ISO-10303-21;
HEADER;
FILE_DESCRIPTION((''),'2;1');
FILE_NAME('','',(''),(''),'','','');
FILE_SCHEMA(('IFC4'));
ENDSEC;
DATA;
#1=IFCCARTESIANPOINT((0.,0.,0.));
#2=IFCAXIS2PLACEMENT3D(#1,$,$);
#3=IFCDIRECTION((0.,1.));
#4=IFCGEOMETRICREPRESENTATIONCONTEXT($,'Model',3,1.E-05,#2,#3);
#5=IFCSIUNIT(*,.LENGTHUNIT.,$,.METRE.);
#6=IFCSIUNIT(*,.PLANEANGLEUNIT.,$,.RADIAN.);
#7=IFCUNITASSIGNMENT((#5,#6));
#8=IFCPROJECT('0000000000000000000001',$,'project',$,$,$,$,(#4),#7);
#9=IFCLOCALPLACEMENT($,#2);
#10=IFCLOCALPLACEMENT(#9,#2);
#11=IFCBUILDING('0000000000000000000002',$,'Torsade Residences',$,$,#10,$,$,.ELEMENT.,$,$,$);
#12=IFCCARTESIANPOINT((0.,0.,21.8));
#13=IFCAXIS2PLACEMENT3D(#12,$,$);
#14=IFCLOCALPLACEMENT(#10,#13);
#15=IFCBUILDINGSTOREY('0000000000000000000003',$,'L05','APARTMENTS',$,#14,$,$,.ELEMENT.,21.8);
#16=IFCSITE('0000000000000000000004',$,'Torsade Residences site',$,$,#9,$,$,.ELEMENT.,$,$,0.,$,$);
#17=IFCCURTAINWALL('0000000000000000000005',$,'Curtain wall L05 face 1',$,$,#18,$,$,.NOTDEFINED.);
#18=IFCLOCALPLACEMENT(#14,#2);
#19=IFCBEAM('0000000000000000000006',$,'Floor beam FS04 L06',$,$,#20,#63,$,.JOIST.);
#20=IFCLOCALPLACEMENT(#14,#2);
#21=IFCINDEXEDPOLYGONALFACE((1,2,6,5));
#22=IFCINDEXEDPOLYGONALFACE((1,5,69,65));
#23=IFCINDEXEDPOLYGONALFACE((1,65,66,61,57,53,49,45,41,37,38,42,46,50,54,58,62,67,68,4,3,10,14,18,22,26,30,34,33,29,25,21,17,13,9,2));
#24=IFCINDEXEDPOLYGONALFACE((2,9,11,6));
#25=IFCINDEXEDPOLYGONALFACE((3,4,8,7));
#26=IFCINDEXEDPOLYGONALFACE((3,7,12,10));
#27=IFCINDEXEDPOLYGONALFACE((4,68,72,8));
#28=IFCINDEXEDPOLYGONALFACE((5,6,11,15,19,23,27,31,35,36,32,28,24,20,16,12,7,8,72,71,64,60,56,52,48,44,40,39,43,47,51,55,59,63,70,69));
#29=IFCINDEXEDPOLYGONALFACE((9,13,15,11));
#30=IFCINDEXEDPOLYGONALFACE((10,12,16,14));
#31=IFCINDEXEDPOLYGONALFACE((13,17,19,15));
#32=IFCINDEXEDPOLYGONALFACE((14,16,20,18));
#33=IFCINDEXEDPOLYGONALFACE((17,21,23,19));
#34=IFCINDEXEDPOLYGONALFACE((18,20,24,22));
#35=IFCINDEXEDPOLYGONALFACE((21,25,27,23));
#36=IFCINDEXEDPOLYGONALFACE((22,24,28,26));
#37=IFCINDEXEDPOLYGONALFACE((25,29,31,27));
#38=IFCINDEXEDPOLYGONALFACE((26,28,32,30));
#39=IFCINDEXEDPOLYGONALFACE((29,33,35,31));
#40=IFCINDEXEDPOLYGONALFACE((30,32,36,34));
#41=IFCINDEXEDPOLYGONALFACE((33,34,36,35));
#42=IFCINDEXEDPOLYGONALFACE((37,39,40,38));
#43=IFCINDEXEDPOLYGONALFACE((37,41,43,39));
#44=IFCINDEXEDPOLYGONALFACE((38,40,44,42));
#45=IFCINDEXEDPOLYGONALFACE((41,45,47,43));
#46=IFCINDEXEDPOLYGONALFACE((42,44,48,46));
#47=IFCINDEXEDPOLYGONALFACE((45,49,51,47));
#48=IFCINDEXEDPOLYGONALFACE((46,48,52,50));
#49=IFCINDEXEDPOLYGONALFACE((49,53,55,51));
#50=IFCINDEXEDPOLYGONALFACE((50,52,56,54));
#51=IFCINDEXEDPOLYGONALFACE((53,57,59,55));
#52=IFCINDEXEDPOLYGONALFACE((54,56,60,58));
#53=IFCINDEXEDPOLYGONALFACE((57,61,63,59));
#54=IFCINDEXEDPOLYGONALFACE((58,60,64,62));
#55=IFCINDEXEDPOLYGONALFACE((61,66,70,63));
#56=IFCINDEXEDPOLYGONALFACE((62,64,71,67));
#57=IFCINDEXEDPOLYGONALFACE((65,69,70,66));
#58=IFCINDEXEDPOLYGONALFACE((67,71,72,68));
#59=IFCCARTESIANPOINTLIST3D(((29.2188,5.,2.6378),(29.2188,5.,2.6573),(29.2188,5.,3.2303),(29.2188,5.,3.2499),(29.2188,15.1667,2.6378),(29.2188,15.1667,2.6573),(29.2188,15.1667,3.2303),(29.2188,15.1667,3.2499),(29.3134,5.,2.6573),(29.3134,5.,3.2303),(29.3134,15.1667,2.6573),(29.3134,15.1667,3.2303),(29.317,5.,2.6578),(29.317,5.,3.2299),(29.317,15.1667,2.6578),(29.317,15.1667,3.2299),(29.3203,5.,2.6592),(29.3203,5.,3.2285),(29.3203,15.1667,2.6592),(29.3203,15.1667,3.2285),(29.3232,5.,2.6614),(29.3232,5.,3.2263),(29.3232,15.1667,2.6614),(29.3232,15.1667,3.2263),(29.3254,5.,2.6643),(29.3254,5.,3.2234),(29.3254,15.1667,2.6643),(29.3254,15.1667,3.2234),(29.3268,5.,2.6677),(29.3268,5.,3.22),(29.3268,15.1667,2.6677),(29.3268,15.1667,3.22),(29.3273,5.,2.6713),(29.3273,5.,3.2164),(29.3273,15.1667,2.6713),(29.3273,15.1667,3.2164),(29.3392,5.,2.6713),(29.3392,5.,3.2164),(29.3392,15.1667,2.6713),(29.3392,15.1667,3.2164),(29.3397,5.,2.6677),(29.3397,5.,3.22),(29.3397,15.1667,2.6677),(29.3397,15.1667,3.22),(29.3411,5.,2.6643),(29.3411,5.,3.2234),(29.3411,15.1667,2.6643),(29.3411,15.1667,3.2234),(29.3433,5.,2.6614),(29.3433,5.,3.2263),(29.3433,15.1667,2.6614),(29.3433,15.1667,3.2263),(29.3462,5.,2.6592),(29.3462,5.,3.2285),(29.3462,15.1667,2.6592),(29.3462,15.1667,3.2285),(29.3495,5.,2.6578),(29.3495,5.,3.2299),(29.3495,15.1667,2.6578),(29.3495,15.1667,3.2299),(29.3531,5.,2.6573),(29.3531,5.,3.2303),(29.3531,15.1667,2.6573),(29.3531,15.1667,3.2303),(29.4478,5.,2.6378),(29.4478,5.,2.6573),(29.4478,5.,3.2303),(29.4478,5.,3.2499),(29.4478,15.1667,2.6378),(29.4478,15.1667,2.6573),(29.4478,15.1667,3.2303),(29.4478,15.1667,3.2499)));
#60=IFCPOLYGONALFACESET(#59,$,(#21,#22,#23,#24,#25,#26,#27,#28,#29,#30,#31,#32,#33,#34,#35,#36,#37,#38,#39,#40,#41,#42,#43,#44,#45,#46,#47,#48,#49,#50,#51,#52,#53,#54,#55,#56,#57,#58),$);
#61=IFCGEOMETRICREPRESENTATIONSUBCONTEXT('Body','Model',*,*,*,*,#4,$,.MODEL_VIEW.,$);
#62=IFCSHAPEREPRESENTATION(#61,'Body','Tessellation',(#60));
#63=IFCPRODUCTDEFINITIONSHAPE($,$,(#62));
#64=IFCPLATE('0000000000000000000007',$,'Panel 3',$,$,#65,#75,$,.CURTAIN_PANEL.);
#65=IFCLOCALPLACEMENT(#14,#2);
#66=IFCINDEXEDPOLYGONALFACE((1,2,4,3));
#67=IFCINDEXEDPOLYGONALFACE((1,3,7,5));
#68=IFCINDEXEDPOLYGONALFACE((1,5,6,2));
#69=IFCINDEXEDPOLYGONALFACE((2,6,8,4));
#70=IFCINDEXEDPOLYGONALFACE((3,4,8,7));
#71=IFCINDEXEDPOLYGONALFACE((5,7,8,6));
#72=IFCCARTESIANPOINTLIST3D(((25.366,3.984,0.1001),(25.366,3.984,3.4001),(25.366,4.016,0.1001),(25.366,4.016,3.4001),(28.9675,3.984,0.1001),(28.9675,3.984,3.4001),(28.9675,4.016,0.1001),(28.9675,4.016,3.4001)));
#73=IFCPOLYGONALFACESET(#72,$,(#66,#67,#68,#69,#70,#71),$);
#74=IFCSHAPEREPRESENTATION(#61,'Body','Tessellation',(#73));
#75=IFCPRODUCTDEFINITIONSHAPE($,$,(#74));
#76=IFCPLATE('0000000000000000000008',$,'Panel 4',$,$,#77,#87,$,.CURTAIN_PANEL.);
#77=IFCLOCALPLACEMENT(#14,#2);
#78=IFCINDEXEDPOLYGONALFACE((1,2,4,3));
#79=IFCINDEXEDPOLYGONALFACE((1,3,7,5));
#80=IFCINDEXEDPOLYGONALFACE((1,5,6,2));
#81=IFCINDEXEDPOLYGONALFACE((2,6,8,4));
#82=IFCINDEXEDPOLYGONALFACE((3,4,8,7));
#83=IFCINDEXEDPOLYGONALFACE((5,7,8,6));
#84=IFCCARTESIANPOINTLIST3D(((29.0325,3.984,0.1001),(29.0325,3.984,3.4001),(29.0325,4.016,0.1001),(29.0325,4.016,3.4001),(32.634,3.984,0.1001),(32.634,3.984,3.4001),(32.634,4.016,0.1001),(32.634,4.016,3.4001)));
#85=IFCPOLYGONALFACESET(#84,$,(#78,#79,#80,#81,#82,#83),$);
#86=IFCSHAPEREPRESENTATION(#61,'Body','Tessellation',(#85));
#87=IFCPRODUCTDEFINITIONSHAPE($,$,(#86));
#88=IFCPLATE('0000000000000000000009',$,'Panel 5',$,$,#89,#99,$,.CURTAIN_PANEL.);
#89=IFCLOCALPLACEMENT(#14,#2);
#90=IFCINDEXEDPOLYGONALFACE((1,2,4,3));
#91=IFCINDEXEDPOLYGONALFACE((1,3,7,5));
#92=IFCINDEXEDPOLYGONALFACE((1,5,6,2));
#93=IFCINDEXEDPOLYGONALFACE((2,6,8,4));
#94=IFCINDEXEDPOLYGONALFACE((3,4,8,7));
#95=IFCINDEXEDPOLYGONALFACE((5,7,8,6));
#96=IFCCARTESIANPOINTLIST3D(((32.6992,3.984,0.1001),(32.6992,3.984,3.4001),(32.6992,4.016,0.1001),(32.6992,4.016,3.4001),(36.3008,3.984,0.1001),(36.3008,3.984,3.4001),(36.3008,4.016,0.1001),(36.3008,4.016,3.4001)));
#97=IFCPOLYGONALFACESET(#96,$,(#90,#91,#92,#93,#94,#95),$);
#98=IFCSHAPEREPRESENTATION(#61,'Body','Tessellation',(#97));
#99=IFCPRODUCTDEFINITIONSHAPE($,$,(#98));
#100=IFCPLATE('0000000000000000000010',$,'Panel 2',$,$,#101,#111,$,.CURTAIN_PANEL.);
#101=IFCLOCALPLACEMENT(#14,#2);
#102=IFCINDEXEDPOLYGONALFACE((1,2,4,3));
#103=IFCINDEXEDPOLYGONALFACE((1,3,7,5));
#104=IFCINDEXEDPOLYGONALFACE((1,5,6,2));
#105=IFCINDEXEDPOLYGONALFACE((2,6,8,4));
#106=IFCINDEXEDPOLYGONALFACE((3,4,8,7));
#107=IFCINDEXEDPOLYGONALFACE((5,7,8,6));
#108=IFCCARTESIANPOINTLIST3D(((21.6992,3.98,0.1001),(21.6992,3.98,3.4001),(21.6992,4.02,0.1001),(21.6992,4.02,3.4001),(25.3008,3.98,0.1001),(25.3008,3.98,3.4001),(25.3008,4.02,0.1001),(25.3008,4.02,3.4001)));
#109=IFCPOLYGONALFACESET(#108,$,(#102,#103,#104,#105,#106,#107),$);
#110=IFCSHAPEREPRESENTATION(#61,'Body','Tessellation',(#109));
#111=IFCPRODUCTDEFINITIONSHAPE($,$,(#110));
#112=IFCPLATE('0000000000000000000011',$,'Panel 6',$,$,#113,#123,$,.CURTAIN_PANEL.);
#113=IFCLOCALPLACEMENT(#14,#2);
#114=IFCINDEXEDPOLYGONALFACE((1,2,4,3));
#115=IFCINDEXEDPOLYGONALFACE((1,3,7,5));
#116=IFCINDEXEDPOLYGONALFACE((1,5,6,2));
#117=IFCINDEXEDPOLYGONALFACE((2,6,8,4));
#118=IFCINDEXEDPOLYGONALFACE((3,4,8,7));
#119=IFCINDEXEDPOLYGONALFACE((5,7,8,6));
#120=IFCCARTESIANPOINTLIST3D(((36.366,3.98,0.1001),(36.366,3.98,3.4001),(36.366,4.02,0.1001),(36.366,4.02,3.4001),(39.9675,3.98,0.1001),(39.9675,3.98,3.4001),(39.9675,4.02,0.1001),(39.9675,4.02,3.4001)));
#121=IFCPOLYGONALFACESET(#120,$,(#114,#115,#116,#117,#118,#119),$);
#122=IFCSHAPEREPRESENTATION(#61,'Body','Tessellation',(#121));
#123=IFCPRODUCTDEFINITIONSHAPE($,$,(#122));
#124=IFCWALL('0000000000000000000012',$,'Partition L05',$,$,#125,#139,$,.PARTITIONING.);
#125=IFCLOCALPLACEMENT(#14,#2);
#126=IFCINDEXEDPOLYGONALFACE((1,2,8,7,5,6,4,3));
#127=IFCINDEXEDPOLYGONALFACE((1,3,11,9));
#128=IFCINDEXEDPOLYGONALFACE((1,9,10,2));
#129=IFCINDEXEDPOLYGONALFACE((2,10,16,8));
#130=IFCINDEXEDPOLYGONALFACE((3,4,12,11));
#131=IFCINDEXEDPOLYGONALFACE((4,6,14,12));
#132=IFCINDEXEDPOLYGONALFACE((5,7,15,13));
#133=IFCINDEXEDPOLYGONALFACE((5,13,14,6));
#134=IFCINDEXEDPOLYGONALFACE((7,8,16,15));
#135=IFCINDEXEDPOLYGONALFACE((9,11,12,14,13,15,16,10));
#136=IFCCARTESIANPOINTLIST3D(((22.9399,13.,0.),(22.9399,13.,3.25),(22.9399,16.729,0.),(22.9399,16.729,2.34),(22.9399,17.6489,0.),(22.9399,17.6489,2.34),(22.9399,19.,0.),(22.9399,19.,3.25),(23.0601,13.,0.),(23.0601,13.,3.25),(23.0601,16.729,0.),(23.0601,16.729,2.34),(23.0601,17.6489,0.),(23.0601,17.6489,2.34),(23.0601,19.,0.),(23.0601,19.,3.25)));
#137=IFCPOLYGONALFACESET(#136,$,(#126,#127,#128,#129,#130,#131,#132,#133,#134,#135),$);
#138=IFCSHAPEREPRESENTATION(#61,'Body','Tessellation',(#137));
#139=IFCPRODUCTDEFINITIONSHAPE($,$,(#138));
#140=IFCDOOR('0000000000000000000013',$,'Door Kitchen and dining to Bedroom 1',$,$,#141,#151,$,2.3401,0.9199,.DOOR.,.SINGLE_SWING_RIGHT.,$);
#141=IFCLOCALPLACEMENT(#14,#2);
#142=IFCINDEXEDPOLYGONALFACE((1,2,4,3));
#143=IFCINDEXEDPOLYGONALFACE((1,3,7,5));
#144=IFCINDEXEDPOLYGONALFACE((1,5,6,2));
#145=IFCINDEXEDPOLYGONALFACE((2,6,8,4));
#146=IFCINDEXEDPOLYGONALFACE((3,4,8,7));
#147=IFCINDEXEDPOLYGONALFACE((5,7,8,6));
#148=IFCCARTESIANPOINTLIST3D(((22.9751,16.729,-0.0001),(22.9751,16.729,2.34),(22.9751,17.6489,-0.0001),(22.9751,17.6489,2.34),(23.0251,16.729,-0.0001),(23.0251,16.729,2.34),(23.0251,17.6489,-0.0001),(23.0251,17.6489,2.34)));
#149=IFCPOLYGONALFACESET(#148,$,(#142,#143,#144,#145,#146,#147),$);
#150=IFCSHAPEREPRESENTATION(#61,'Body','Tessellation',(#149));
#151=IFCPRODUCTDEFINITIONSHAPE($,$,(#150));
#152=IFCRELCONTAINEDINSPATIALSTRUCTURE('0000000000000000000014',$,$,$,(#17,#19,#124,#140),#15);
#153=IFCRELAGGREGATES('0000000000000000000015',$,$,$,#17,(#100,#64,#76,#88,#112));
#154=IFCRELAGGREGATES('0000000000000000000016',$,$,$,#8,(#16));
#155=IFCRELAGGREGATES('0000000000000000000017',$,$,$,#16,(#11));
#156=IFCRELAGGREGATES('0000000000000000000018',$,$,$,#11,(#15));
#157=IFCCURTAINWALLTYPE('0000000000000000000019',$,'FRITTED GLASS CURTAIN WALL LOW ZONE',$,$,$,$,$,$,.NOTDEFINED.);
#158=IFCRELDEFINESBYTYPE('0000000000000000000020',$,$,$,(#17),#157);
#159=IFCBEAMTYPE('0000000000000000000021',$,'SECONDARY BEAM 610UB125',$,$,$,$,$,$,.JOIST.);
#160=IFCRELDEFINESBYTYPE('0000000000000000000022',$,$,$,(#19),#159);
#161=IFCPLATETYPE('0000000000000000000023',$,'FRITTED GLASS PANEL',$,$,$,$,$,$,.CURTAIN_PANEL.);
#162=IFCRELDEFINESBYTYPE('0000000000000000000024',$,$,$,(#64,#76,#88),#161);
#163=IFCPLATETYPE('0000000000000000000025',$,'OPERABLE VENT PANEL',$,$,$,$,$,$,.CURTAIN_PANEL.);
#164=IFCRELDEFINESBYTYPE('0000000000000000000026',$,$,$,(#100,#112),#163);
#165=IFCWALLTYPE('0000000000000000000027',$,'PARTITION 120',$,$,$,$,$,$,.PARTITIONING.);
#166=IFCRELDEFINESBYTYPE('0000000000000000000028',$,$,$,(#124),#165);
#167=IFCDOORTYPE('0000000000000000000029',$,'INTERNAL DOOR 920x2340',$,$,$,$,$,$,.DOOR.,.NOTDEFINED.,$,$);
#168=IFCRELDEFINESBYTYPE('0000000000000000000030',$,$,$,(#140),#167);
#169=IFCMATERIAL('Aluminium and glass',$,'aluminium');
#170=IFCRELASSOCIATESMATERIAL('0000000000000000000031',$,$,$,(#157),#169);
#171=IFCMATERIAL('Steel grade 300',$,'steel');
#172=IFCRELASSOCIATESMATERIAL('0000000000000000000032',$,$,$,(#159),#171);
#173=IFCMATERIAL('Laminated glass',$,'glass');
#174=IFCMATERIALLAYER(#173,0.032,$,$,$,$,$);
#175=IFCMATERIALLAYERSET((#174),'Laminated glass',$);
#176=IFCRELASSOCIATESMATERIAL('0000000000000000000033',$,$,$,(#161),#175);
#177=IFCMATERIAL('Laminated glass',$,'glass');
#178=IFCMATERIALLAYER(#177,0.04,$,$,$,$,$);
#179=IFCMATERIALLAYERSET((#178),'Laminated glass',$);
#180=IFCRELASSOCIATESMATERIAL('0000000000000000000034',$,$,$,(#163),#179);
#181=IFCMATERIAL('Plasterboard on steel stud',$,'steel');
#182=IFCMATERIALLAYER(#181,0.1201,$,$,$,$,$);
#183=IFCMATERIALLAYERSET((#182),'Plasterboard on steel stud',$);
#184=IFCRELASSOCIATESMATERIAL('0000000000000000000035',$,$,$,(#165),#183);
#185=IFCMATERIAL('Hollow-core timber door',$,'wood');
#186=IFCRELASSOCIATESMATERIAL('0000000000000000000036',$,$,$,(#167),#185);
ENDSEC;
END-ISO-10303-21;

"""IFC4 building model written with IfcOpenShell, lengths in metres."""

from ifc_helpers import new_model, si_unit, direction, frame, frame_2d, origin, origin_2d, place, context, subcontext, project, spatial, rectangle, i_section, extrude, material, layer, layer_set, material_profile, profile_set, type_object, element, fill, aggregate, save


model = new_model("IFC4")

# Units and contexts
model_context = context("Model", 3, precision=1e-05, world=origin(), true_north=direction((0.0, 1.0)))
body_context = subcontext(model_context, "Body", "Model", "MODEL_VIEW")
ifc_project = project(units=[si_unit("LENGTHUNIT", "METRE"), si_unit("PLANEANGLEUNIT", "RADIAN")], contexts=[model_context])

# Site, building, storey
site_placement = place(None, origin())
site = spatial("IfcSite", under=ifc_project, at=site_placement, Name="Torsade Residences site", CompositionType="ELEMENT", RefElevation=0.0)
building_placement = place(site_placement, origin())
building = spatial("IfcBuilding", under=site, at=building_placement, Name="Torsade Residences", CompositionType="ELEMENT")
storey_placement = place(building_placement, frame((0.0, 0.0, 21.8)))
storey = spatial("IfcBuildingStorey", under=building, at=storey_placement, Name="L05", Description="APARTMENTS", CompositionType="ELEMENT", Elevation=21.8)

# Curtain wall
ifc_material_1 = material(Name="Aluminium and glass", Category="aluminium")
curtain_wall_type = type_object("IfcCurtainWallType", Name="FRITTED GLASS CURTAIN WALL LOW ZONE", PredefinedType="NOTDEFINED", material=ifc_material_1)
curtain_wall_placement = place(storey_placement, origin())
curtain_wall = element("IfcCurtainWall", 1, at=curtain_wall_placement, inside=storey, type_object=curtain_wall_type, Name="Curtain wall L05 face 1", PredefinedType="NOTDEFINED")

# Beam
ifc_material_2 = material(Name="Steel grade 300", Category="steel")
ifc_material_profile_1 = material_profile(ifc_material_2, i_section(OverallWidth=0.229, OverallDepth=0.6121, WebThickness=0.012, FlangeThickness=0.0195, FilletRadius=0.0139, at=origin_2d()), Name="610UB125")
ifc_profile_set_1 = profile_set([ifc_material_profile_1], Name="Steel grade 300")
beam_type_1 = type_object("IfcBeamType", Name="SECONDARY BEAM 610UB125", PredefinedType="JOIST", material=ifc_profile_set_1)
beam_1_placement = place(storey_placement, frame((29.3333, 5.0, 2.9438), z_axis=(0.0, 1.0, 0.0), x_axis=(-1.0, 0.0, 0.0)))
element("IfcBeam", 2, at=beam_1_placement, inside=storey, type_object=beam_type_1, Name="Floor beam FS04 L06", PredefinedType="JOIST", context=body_context, shape_type="SweptSolid", body=[
    extrude(i_section(OverallWidth=0.229, OverallDepth=0.6121, WebThickness=0.012, FlangeThickness=0.0195, FilletRadius=0.0139, at=origin_2d()), origin(), (0.0, 0.0, 1.0), 10.1667),
])

# Plates
ifc_material_3 = material(Name="Laminated glass", Category="glass")
ifc_layer_1 = layer(ifc_material_3, 0.032)
ifc_layer_set_1 = layer_set([ifc_layer_1], Name="Laminated glass")
plate_type_1 = type_object("IfcPlateType", Name="FRITTED GLASS PANEL", PredefinedType="CURTAIN_PANEL", material=ifc_layer_set_1)
plate_1_placement = place(storey_placement, frame((27.1667, 4.0, 0.1001), z_axis=(0.0, 0.0, 1.0), x_axis=(1.0, 0.0, 0.0)))
plate_1 = element("IfcPlate", 3, at=plate_1_placement, type_object=plate_type_1, Name="Panel 3", PredefinedType="CURTAIN_PANEL", context=body_context, shape_type="SweptSolid", body=[
    extrude(rectangle(XDim=3.6016, YDim=0.032, at=origin_2d()), origin(), (0.0, 0.0, 1.0), 3.3),
])
plate_2_placement = place(storey_placement, frame((30.8333, 4.0, 0.1001), z_axis=(0.0, 0.0, 1.0), x_axis=(1.0, 0.0, 0.0)))
plate_2 = element("IfcPlate", 4, at=plate_2_placement, type_object=plate_type_1, Name="Panel 4", PredefinedType="CURTAIN_PANEL", context=body_context, shape_type="SweptSolid", body=[
    extrude(rectangle(XDim=3.6016, YDim=0.032, at=origin_2d()), origin(), (0.0, 0.0, 1.0), 3.3),
])
plate_3_placement = place(storey_placement, frame((34.5, 4.0, 0.1001), z_axis=(0.0, 0.0, 1.0), x_axis=(1.0, 0.0, 0.0)))
plate_3 = element("IfcPlate", 5, at=plate_3_placement, type_object=plate_type_1, Name="Panel 5", PredefinedType="CURTAIN_PANEL", context=body_context, shape_type="SweptSolid", body=[
    extrude(rectangle(XDim=3.6016, YDim=0.032, at=origin_2d()), origin(), (0.0, 0.0, 1.0), 3.3),
])
ifc_material_4 = material(Name="Laminated glass", Category="glass")
ifc_layer_2 = layer(ifc_material_4, 0.04)
ifc_layer_set_2 = layer_set([ifc_layer_2], Name="Laminated glass")
plate_type_2 = type_object("IfcPlateType", Name="OPERABLE VENT PANEL", PredefinedType="CURTAIN_PANEL", material=ifc_layer_set_2)
plate_4_placement = place(storey_placement, frame((23.5, 4.0, 0.1001), z_axis=(0.0, 0.0, 1.0), x_axis=(1.0, 0.0, 0.0)))
plate_4 = element("IfcPlate", 6, at=plate_4_placement, type_object=plate_type_2, Name="Panel 2", PredefinedType="CURTAIN_PANEL", context=body_context, shape_type="SweptSolid", body=[
    extrude(rectangle(XDim=3.6016, YDim=0.04, at=origin_2d()), origin(), (0.0, 0.0, 1.0), 3.3),
])
plate_5_placement = place(storey_placement, frame((38.1667, 4.0, 0.1001), z_axis=(0.0, 0.0, 1.0), x_axis=(1.0, 0.0, 0.0)))
plate_5 = element("IfcPlate", 7, at=plate_5_placement, type_object=plate_type_2, Name="Panel 6", PredefinedType="CURTAIN_PANEL", context=body_context, shape_type="SweptSolid", body=[
    extrude(rectangle(XDim=3.6016, YDim=0.04, at=origin_2d()), origin(), (0.0, 0.0, 1.0), 3.3),
])
aggregate(curtain_wall, [plate_4, plate_1, plate_2, plate_3, plate_5])

# Wall, opening, door
ifc_material_5 = material(Name="Plasterboard on steel stud", Category="steel")
ifc_layer_3 = layer(ifc_material_5, 0.1201)
ifc_layer_set_3 = layer_set([ifc_layer_3], Name="Plasterboard on steel stud")
wall_type_1 = type_object("IfcWallType", Name="PARTITION 120", PredefinedType="PARTITIONING", material=ifc_layer_set_3)
wall_1_placement = place(storey_placement, frame((23.0, 13.0, 0.0), z_axis=(0.0, 0.0, 1.0), x_axis=(0.0, 1.0, 0.0)))
wall_1 = element("IfcWall", 8, at=wall_1_placement, inside=storey, type_object=wall_type_1, Name="Partition L05", PredefinedType="PARTITIONING", context=body_context, shape_type="SweptSolid", body=[
    extrude(rectangle(XDim=6.0, YDim=0.1201, at=frame_2d((3.0, 0.0))), origin(), (0.0, 0.0, 1.0), 3.25),
])
opening_1_placement = place(wall_1_placement, frame((3.729, 0.0, 0.0)))
opening_1 = element("IfcOpeningElement", 9, at=opening_1_placement, cuts=wall_1, PredefinedType="OPENING", context=body_context, shape_type="SweptSolid", body=[
    extrude(rectangle(XDim=0.9199, YDim=2.3401, at=frame_2d((0.46, 1.1699))), frame((0.0, 0.0701, 0.0), z_axis=(0.0, -1.0, 0.0), x_axis=(1.0, 0.0, 0.0)), (0.0, 0.0, 1.0), 0.1401),
])
ifc_material_6 = material(Name="Hollow-core timber door", Category="wood")
door_type_1 = type_object("IfcDoorType", Name="INTERNAL DOOR 920x2340", OperationType="NOTDEFINED", PredefinedType="DOOR", material=ifc_material_6)
door_1_placement = place(opening_1_placement, origin())
door_1 = element("IfcDoor", 10, at=door_1_placement, inside=storey, type_object=door_type_1, Name="Door Kitchen and dining to Bedroom 1", OperationType="SINGLE_SWING_RIGHT", OverallHeight=2.3401, OverallWidth=0.9199, PredefinedType="DOOR", context=body_context, shape_type="SweptSolid", body=[
    extrude(rectangle(XDim=0.9199, YDim=2.3401, at=frame_2d((0.46, 1.1699))), frame((0.0, 0.0249, 0.0), z_axis=(0.0, -1.0, 0.0), x_axis=(1.0, 0.0, 0.0)), (0.0, 0.0, 1.0), 0.05),
])
fill(opening_1, door_1)

save(model, "model.ifc")
